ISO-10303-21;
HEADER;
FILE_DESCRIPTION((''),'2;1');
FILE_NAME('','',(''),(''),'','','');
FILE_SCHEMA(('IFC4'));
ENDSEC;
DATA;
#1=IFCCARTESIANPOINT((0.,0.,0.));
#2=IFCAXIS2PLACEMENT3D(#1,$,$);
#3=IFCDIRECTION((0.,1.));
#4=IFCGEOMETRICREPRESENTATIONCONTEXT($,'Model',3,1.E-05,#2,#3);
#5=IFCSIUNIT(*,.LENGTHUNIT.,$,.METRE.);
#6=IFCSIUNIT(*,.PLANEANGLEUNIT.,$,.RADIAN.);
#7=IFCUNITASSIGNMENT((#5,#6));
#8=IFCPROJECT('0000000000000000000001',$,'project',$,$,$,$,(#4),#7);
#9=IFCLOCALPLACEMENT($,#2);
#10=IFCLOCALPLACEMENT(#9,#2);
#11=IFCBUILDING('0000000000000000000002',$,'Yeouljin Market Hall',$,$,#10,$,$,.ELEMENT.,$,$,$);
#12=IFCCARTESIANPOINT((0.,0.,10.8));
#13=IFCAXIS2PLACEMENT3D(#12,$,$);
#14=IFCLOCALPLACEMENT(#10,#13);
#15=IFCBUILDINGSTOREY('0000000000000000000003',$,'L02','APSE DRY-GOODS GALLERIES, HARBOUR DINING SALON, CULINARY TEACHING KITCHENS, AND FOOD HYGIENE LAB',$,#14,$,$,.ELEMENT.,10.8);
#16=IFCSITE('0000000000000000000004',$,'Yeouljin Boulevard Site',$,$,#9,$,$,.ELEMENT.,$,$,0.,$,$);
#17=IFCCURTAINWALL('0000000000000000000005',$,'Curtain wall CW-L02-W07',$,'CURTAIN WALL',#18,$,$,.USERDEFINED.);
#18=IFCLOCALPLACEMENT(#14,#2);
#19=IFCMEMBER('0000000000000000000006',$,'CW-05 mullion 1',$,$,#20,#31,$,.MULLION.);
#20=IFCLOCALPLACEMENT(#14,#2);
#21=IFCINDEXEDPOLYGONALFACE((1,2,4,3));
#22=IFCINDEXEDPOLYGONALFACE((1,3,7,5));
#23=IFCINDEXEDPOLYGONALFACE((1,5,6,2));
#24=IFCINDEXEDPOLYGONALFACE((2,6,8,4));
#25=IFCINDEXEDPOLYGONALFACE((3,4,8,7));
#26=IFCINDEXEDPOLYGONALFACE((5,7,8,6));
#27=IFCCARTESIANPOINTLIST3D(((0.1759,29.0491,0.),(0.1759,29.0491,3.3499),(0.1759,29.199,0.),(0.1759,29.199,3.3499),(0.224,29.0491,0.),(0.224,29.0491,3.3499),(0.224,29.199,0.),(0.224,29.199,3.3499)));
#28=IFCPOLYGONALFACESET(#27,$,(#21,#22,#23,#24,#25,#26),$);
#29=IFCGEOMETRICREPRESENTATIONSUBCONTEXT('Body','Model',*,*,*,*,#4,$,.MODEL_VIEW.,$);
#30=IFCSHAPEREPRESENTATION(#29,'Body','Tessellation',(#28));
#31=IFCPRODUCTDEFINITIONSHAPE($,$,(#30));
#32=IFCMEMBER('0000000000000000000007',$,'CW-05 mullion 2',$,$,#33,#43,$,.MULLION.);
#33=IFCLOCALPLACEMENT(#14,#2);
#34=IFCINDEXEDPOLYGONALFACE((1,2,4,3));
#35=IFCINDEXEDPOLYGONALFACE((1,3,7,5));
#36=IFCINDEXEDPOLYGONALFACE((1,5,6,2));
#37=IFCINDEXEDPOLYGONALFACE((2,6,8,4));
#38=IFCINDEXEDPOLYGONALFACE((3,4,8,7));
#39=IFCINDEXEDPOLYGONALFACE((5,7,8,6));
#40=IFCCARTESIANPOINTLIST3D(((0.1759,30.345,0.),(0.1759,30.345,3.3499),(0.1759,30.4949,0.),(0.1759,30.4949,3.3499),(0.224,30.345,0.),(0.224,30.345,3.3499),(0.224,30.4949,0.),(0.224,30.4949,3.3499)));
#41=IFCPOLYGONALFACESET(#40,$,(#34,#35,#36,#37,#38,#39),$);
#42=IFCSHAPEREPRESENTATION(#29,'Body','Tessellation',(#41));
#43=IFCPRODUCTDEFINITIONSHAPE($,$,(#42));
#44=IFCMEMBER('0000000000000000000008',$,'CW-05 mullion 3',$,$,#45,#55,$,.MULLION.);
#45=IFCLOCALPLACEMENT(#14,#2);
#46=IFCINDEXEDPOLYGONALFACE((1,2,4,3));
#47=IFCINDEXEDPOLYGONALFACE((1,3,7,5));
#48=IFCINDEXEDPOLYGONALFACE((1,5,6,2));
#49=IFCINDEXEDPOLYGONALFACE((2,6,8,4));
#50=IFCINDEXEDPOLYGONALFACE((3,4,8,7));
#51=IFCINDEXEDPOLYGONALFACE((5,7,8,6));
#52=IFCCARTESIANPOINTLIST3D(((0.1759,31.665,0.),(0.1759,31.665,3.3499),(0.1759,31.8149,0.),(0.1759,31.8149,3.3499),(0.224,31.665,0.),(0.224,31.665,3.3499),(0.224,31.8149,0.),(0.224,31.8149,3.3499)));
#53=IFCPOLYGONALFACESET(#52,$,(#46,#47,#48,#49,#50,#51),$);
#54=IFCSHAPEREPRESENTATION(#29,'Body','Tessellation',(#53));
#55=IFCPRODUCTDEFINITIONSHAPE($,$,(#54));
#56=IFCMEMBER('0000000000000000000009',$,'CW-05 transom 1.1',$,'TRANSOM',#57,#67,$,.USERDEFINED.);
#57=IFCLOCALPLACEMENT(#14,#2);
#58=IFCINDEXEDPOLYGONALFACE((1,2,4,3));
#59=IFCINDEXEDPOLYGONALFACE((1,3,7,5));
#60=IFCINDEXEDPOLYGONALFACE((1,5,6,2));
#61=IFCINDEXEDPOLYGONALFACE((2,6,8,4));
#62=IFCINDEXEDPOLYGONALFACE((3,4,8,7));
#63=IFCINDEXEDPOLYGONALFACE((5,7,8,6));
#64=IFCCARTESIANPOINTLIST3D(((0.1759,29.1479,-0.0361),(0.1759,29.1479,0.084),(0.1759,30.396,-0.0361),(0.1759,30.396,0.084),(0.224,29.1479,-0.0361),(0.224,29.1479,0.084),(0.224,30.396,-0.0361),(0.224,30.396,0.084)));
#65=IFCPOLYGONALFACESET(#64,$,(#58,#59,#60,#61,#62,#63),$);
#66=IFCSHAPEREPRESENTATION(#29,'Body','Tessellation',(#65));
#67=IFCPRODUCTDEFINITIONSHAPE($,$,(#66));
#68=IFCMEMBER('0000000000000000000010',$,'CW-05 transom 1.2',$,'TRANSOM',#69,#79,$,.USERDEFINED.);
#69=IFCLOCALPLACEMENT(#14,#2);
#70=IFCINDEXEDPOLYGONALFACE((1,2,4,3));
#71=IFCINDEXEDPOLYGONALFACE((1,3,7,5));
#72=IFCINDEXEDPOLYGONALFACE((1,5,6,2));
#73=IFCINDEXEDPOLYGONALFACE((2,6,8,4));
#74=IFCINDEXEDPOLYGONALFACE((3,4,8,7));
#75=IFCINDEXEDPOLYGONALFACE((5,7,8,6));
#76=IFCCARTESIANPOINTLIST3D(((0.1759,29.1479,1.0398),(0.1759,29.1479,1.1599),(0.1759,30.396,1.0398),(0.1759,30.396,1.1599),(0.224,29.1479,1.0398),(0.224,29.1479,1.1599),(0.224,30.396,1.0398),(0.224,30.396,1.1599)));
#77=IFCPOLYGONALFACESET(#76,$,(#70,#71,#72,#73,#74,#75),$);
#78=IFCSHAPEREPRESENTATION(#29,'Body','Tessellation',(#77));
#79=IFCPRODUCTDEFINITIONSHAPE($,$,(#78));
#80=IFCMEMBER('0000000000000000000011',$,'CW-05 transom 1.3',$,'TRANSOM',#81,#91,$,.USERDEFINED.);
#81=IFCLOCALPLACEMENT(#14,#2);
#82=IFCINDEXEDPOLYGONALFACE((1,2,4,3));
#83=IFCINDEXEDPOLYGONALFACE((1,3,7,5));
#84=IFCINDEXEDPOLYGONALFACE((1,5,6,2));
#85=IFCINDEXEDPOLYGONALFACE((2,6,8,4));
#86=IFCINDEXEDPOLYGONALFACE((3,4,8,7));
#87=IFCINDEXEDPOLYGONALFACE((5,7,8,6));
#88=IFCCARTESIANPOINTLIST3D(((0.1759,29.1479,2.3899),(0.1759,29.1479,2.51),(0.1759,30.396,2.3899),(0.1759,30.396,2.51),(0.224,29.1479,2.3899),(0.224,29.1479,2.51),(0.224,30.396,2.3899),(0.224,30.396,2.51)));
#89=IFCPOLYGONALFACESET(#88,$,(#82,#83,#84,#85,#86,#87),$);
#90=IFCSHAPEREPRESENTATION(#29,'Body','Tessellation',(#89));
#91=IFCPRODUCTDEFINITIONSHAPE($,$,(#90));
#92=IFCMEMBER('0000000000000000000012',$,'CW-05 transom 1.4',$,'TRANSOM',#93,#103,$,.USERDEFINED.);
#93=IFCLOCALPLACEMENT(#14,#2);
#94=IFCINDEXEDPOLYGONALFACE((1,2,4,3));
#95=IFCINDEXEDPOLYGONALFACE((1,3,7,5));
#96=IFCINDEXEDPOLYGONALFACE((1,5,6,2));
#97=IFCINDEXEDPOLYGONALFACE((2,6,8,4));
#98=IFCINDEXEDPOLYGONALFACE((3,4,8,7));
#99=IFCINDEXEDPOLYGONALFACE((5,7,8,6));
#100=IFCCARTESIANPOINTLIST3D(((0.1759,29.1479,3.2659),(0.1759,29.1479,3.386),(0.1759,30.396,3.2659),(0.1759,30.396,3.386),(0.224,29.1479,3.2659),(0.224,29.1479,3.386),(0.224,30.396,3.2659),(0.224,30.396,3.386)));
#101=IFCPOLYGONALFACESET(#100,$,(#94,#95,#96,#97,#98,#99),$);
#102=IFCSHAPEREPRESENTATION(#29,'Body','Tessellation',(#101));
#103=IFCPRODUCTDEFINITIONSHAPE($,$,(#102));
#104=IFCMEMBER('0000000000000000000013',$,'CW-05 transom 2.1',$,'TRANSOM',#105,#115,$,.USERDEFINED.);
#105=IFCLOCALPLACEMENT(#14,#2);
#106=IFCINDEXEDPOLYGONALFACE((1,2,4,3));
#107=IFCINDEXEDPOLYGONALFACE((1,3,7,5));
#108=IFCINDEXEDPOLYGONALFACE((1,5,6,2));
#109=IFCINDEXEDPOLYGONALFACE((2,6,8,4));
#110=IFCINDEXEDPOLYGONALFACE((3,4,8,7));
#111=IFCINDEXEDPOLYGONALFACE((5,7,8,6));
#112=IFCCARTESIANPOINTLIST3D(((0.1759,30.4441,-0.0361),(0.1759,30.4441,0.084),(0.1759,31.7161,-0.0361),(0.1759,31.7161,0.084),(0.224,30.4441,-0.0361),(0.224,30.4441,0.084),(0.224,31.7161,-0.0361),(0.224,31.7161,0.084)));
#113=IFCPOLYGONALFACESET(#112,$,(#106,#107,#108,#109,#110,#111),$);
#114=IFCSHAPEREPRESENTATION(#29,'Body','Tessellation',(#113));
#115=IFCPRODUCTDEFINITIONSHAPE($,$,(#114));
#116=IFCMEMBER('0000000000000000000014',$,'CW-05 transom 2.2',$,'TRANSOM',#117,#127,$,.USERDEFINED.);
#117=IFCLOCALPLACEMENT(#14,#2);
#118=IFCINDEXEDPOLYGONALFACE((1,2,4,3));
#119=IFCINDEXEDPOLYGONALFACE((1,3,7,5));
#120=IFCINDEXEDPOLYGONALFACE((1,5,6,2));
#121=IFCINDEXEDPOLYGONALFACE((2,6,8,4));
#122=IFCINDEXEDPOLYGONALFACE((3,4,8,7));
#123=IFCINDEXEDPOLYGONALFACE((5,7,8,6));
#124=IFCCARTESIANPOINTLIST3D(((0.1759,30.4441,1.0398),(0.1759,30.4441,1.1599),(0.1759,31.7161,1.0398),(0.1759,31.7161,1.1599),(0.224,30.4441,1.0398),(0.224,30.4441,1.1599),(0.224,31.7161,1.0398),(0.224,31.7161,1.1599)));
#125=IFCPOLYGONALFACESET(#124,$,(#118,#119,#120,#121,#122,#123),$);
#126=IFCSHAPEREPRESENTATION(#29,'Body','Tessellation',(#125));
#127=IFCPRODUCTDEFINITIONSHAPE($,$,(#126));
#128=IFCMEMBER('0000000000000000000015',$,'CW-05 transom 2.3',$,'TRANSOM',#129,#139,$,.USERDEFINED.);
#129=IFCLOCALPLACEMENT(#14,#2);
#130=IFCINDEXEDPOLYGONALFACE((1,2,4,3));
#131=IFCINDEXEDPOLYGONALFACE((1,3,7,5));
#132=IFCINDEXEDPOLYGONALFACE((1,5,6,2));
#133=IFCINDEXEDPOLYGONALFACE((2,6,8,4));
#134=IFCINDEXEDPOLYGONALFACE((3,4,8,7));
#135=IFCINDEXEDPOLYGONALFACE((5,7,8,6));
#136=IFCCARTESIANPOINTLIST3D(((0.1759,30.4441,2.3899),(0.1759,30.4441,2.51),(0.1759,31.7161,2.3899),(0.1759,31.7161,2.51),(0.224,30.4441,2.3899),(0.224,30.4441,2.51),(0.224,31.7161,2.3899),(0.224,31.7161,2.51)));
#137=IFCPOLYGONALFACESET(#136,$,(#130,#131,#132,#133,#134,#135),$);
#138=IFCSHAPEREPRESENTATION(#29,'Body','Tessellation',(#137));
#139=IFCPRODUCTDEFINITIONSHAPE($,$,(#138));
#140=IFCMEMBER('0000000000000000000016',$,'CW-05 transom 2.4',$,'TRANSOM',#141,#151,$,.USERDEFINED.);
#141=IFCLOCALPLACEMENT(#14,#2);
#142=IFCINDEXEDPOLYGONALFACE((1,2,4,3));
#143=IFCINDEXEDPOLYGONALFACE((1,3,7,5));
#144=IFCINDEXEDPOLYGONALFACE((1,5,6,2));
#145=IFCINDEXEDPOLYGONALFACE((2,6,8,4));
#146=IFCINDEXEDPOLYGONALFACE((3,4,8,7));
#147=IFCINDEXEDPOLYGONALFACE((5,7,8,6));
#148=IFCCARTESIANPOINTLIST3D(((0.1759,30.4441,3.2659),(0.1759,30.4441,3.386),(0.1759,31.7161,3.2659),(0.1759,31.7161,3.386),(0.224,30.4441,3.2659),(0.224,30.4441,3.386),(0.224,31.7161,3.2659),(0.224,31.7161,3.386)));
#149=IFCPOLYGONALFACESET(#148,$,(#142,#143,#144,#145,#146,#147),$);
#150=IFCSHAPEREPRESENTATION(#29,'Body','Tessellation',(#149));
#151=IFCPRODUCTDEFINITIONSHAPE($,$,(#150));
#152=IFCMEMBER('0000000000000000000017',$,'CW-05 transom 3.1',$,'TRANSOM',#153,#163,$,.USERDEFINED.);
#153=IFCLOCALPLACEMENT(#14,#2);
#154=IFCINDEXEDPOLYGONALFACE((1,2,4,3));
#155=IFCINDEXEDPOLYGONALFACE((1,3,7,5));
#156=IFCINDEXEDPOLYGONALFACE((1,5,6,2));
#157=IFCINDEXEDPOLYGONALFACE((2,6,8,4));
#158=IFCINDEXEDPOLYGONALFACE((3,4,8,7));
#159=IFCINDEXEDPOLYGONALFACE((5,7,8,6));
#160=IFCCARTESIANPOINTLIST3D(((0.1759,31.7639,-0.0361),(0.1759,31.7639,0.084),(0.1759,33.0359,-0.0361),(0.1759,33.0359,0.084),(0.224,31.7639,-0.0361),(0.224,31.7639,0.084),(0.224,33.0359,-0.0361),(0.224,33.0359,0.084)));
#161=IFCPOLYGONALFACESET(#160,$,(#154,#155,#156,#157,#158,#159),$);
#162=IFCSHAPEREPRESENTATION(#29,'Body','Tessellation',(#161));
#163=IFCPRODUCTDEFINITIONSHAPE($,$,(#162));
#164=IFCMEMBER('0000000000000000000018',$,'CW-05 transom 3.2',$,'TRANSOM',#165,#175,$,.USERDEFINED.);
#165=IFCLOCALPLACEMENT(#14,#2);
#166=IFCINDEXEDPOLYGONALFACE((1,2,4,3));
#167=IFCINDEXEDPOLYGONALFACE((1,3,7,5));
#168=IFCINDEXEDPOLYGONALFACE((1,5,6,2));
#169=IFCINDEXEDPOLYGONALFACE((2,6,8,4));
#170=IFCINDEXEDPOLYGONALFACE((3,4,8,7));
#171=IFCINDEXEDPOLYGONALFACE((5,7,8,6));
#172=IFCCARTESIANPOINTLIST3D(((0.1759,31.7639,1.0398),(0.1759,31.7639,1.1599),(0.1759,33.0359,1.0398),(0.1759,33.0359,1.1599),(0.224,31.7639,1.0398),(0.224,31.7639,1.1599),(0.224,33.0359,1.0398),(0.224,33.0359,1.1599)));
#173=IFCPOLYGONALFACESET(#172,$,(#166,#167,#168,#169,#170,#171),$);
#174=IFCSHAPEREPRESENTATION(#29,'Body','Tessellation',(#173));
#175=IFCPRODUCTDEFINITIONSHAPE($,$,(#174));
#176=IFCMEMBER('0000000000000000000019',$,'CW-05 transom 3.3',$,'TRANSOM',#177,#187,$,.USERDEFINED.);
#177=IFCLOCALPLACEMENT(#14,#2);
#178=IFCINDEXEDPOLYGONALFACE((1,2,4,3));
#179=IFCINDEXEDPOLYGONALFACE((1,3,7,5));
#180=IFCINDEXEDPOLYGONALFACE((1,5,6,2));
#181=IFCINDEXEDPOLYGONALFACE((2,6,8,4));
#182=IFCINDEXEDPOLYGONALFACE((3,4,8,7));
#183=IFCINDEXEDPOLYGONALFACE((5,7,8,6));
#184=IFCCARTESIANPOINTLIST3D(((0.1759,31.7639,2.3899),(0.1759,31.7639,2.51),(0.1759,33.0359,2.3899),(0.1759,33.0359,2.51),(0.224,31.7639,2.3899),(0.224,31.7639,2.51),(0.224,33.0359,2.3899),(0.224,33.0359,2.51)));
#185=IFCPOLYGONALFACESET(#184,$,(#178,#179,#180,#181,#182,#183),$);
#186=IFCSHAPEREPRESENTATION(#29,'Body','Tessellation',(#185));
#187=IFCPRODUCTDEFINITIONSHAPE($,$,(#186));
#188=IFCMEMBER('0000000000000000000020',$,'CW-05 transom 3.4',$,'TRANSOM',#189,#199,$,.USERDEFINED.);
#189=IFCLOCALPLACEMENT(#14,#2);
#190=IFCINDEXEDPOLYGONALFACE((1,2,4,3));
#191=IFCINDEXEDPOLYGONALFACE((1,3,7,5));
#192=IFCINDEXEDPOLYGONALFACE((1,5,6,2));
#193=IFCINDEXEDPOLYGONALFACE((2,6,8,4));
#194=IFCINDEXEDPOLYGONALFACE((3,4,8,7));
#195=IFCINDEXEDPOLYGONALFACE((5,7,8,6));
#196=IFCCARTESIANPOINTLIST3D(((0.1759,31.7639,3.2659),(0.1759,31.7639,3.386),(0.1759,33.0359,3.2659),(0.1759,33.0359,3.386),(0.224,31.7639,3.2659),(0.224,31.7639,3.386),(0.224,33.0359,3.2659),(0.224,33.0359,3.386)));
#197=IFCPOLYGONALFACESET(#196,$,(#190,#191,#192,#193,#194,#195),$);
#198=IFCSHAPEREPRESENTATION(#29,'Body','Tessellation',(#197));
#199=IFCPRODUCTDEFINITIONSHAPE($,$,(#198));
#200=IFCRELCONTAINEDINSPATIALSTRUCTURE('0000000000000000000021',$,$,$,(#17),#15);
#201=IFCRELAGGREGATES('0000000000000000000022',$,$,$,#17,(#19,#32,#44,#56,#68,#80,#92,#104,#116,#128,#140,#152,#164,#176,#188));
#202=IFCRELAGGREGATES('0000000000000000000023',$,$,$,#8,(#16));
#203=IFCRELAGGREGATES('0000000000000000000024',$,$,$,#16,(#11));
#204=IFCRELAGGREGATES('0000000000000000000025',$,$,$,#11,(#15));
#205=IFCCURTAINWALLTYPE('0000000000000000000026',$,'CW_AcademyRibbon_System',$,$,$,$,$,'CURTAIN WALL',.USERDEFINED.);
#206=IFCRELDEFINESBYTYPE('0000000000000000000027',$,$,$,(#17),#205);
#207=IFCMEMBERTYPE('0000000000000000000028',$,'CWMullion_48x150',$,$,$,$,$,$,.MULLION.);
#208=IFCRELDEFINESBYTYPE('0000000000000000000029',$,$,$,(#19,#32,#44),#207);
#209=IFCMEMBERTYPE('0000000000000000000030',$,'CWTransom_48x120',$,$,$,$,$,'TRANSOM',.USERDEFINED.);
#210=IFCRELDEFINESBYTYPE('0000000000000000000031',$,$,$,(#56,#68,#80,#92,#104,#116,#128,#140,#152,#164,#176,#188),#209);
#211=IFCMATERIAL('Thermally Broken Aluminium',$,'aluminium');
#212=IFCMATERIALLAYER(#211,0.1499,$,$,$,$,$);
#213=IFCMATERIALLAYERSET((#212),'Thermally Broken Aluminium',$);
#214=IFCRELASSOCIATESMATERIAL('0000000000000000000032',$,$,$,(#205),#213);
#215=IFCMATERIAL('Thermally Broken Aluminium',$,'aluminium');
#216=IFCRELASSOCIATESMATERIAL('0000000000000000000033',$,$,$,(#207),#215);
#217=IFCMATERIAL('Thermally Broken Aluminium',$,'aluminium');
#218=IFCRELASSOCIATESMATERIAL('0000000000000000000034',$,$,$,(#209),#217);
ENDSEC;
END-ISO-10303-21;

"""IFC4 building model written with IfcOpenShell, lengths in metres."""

from ifc_helpers import new_model, si_unit, direction, frame, origin, origin_2d, place, context, subcontext, project, spatial, rectangle, extrude, material, layer, layer_set, material_profile, profile_set, type_object, element, aggregate, save


model = new_model("IFC4")

# Units and contexts
model_context = context("Model", 3, precision=1e-05, world=origin(), true_north=direction((0.0, 1.0)))
body_context = subcontext(model_context, "Body", "Model", "MODEL_VIEW")
ifc_project = project(units=[si_unit("LENGTHUNIT", "METRE"), si_unit("PLANEANGLEUNIT", "RADIAN")], contexts=[model_context])

# Site, building, storey
site_placement = place(None, origin())
site = spatial("IfcSite", under=ifc_project, at=site_placement, Name="Yeouljin Boulevard Site", CompositionType="ELEMENT", RefElevation=0.0)
building_placement = place(site_placement, origin())
building = spatial("IfcBuilding", under=site, at=building_placement, Name="Yeouljin Market Hall", CompositionType="ELEMENT")
storey_placement = place(building_placement, frame((0.0, 0.0, 10.8)))
storey = spatial("IfcBuildingStorey", under=building, at=storey_placement, Name="L02", Description="APSE DRY-GOODS GALLERIES, HARBOUR DINING SALON, CULINARY TEACHING KITCHENS, AND FOOD HYGIENE LAB", CompositionType="ELEMENT", Elevation=10.8)

# Curtain wall, members
ifc_material_1 = material(Name="Thermally Broken Aluminium", Category="aluminium")
ifc_layer_1 = layer(ifc_material_1, 0.1499)
ifc_layer_set_1 = layer_set([ifc_layer_1], Name="Thermally Broken Aluminium")
curtain_wall_type = type_object("IfcCurtainWallType", Name="CW_AcademyRibbon_System", ElementType="CURTAIN WALL", PredefinedType="USERDEFINED", material=ifc_layer_set_1)
curtain_wall_placement = place(storey_placement, origin())
curtain_wall = element("IfcCurtainWall", 1, at=curtain_wall_placement, inside=storey, type_object=curtain_wall_type, Name="Curtain wall CW-L02-W07", ObjectType="CURTAIN WALL", PredefinedType="USERDEFINED")
ifc_material_2 = material(Name="Thermally Broken Aluminium", Category="aluminium")
ifc_material_profile_1 = material_profile(ifc_material_2, rectangle(XDim=0.0481, YDim=0.1499, at=origin_2d()), Name="CW-MULL-48x150")
ifc_profile_set_1 = profile_set([ifc_material_profile_1], Name="Thermally Broken Aluminium")
member_type_1 = type_object("IfcMemberType", Name="CWMullion_48x150", PredefinedType="MULLION", material=ifc_profile_set_1)
member_1_placement = place(storey_placement, frame((0.2, 29.124, 0.0), z_axis=(0.0, 0.0, 1.0), x_axis=(-1.0, 0.0, 0.0)))
member_1 = element("IfcMember", 2, at=member_1_placement, type_object=member_type_1, Name="CW-05 mullion 1", PredefinedType="MULLION", context=body_context, shape_type="SweptSolid", body=[
    extrude(rectangle(XDim=0.0481, YDim=0.1499, at=origin_2d()), origin(), (0.0, 0.0, 1.0), 3.3499),
])
member_2_placement = place(storey_placement, frame((0.2, 30.4199, 0.0), z_axis=(0.0, 0.0, 1.0), x_axis=(-1.0, 0.0, 0.0)))
member_2 = element("IfcMember", 3, at=member_2_placement, type_object=member_type_1, Name="CW-05 mullion 2", PredefinedType="MULLION", context=body_context, shape_type="SweptSolid", body=[
    extrude(rectangle(XDim=0.0481, YDim=0.1499, at=origin_2d()), origin(), (0.0, 0.0, 1.0), 3.3499),
])
member_3_placement = place(storey_placement, frame((0.2, 31.74, 0.0), z_axis=(0.0, 0.0, 1.0), x_axis=(-1.0, 0.0, 0.0)))
member_3 = element("IfcMember", 4, at=member_3_placement, type_object=member_type_1, Name="CW-05 mullion 3", PredefinedType="MULLION", context=body_context, shape_type="SweptSolid", body=[
    extrude(rectangle(XDim=0.0481, YDim=0.1499, at=origin_2d()), origin(), (0.0, 0.0, 1.0), 3.3499),
])
ifc_material_3 = material(Name="Thermally Broken Aluminium", Category="aluminium")
ifc_material_profile_2 = material_profile(ifc_material_3, rectangle(XDim=0.0481, YDim=0.1201, at=origin_2d()), Name="CW-TRAN-48x120")
ifc_profile_set_2 = profile_set([ifc_material_profile_2], Name="Thermally Broken Aluminium")
member_type_2 = type_object("IfcMemberType", Name="CWTransom_48x120", ElementType="TRANSOM", PredefinedType="USERDEFINED", material=ifc_profile_set_2)
member_4_placement = place(storey_placement, frame((0.2, 29.1479, 0.0239), z_axis=(0.0, 1.0, 0.0), x_axis=(-1.0, 0.0, 0.0)))
member_4 = element("IfcMember", 5, at=member_4_placement, type_object=member_type_2, Name="CW-05 transom 1.1", ObjectType="TRANSOM", PredefinedType="USERDEFINED", context=body_context, shape_type="SweptSolid", body=[
    extrude(rectangle(XDim=0.0481, YDim=0.1201, at=origin_2d()), origin(), (0.0, 0.0, 1.0), 1.248),
])
member_5_placement = place(storey_placement, frame((0.2, 29.1479, 1.0999), z_axis=(0.0, 1.0, 0.0), x_axis=(-1.0, 0.0, 0.0)))
member_5 = element("IfcMember", 6, at=member_5_placement, type_object=member_type_2, Name="CW-05 transom 1.2", ObjectType="TRANSOM", PredefinedType="USERDEFINED", context=body_context, shape_type="SweptSolid", body=[
    extrude(rectangle(XDim=0.0481, YDim=0.1201, at=origin_2d()), origin(), (0.0, 0.0, 1.0), 1.248),
])
member_6_placement = place(storey_placement, frame((0.2, 29.1479, 2.45), z_axis=(0.0, 1.0, 0.0), x_axis=(-1.0, 0.0, 0.0)))
member_6 = element("IfcMember", 7, at=member_6_placement, type_object=member_type_2, Name="CW-05 transom 1.3", ObjectType="TRANSOM", PredefinedType="USERDEFINED", context=body_context, shape_type="SweptSolid", body=[
    extrude(rectangle(XDim=0.0481, YDim=0.1201, at=origin_2d()), origin(), (0.0, 0.0, 1.0), 1.248),
])
member_7_placement = place(storey_placement, frame((0.2, 29.1479, 3.3259), z_axis=(0.0, 1.0, 0.0), x_axis=(-1.0, 0.0, 0.0)))
member_7 = element("IfcMember", 8, at=member_7_placement, type_object=member_type_2, Name="CW-05 transom 1.4", ObjectType="TRANSOM", PredefinedType="USERDEFINED", context=body_context, shape_type="SweptSolid", body=[
    extrude(rectangle(XDim=0.0481, YDim=0.1201, at=origin_2d()), origin(), (0.0, 0.0, 1.0), 1.248),
])
member_8_placement = place(storey_placement, frame((0.2, 30.4441, 0.0239), z_axis=(0.0, 1.0, 0.0), x_axis=(-1.0, 0.0, 0.0)))
member_8 = element("IfcMember", 9, at=member_8_placement, type_object=member_type_2, Name="CW-05 transom 2.1", ObjectType="TRANSOM", PredefinedType="USERDEFINED", context=body_context, shape_type="SweptSolid", body=[
    extrude(rectangle(XDim=0.0481, YDim=0.1201, at=origin_2d()), origin(), (0.0, 0.0, 1.0), 1.272),
])
member_9_placement = place(storey_placement, frame((0.2, 30.4441, 1.0999), z_axis=(0.0, 1.0, 0.0), x_axis=(-1.0, 0.0, 0.0)))
member_9 = element("IfcMember", 10, at=member_9_placement, type_object=member_type_2, Name="CW-05 transom 2.2", ObjectType="TRANSOM", PredefinedType="USERDEFINED", context=body_context, shape_type="SweptSolid", body=[
    extrude(rectangle(XDim=0.0481, YDim=0.1201, at=origin_2d()), origin(), (0.0, 0.0, 1.0), 1.272),
])
member_10_placement = place(storey_placement, frame((0.2, 30.4441, 2.45), z_axis=(0.0, 1.0, 0.0), x_axis=(-1.0, 0.0, 0.0)))
member_10 = element("IfcMember", 11, at=member_10_placement, type_object=member_type_2, Name="CW-05 transom 2.3", ObjectType="TRANSOM", PredefinedType="USERDEFINED", context=body_context, shape_type="SweptSolid", body=[
    extrude(rectangle(XDim=0.0481, YDim=0.1201, at=origin_2d()), origin(), (0.0, 0.0, 1.0), 1.272),
])
member_11_placement = place(storey_placement, frame((0.2, 30.4441, 3.3259), z_axis=(0.0, 1.0, 0.0), x_axis=(-1.0, 0.0, 0.0)))
member_11 = element("IfcMember", 12, at=member_11_placement, type_object=member_type_2, Name="CW-05 transom 2.4", ObjectType="TRANSOM", PredefinedType="USERDEFINED", context=body_context, shape_type="SweptSolid", body=[
    extrude(rectangle(XDim=0.0481, YDim=0.1201, at=origin_2d()), origin(), (0.0, 0.0, 1.0), 1.272),
])
member_12_placement = place(storey_placement, frame((0.2, 31.7639, 0.0239), z_axis=(0.0, 1.0, 0.0), x_axis=(-1.0, 0.0, 0.0)))
member_12 = element("IfcMember", 13, at=member_12_placement, type_object=member_type_2, Name="CW-05 transom 3.1", ObjectType="TRANSOM", PredefinedType="USERDEFINED", context=body_context, shape_type="SweptSolid", body=[
    extrude(rectangle(XDim=0.0481, YDim=0.1201, at=origin_2d()), origin(), (0.0, 0.0, 1.0), 1.272),
])
member_13_placement = place(storey_placement, frame((0.2, 31.7639, 1.0999), z_axis=(0.0, 1.0, 0.0), x_axis=(-1.0, 0.0, 0.0)))
member_13 = element("IfcMember", 14, at=member_13_placement, type_object=member_type_2, Name="CW-05 transom 3.2", ObjectType="TRANSOM", PredefinedType="USERDEFINED", context=body_context, shape_type="SweptSolid", body=[
    extrude(rectangle(XDim=0.0481, YDim=0.1201, at=origin_2d()), origin(), (0.0, 0.0, 1.0), 1.272),
])
member_14_placement = place(storey_placement, frame((0.2, 31.7639, 2.45), z_axis=(0.0, 1.0, 0.0), x_axis=(-1.0, 0.0, 0.0)))
member_14 = element("IfcMember", 15, at=member_14_placement, type_object=member_type_2, Name="CW-05 transom 3.3", ObjectType="TRANSOM", PredefinedType="USERDEFINED", context=body_context, shape_type="SweptSolid", body=[
    extrude(rectangle(XDim=0.0481, YDim=0.1201, at=origin_2d()), origin(), (0.0, 0.0, 1.0), 1.272),
])
member_15_placement = place(storey_placement, frame((0.2, 31.7639, 3.3259), z_axis=(0.0, 1.0, 0.0), x_axis=(-1.0, 0.0, 0.0)))
member_15 = element("IfcMember", 16, at=member_15_placement, type_object=member_type_2, Name="CW-05 transom 3.4", ObjectType="TRANSOM", PredefinedType="USERDEFINED", context=body_context, shape_type="SweptSolid", body=[
    extrude(rectangle(XDim=0.0481, YDim=0.1201, at=origin_2d()), origin(), (0.0, 0.0, 1.0), 1.272),
])
aggregate(curtain_wall, [member_1, member_2, member_3, member_4, member_5, member_6, member_7, member_8, member_9, member_10, member_11, member_12, member_13, member_14, member_15])

save(model, "model.ifc")
